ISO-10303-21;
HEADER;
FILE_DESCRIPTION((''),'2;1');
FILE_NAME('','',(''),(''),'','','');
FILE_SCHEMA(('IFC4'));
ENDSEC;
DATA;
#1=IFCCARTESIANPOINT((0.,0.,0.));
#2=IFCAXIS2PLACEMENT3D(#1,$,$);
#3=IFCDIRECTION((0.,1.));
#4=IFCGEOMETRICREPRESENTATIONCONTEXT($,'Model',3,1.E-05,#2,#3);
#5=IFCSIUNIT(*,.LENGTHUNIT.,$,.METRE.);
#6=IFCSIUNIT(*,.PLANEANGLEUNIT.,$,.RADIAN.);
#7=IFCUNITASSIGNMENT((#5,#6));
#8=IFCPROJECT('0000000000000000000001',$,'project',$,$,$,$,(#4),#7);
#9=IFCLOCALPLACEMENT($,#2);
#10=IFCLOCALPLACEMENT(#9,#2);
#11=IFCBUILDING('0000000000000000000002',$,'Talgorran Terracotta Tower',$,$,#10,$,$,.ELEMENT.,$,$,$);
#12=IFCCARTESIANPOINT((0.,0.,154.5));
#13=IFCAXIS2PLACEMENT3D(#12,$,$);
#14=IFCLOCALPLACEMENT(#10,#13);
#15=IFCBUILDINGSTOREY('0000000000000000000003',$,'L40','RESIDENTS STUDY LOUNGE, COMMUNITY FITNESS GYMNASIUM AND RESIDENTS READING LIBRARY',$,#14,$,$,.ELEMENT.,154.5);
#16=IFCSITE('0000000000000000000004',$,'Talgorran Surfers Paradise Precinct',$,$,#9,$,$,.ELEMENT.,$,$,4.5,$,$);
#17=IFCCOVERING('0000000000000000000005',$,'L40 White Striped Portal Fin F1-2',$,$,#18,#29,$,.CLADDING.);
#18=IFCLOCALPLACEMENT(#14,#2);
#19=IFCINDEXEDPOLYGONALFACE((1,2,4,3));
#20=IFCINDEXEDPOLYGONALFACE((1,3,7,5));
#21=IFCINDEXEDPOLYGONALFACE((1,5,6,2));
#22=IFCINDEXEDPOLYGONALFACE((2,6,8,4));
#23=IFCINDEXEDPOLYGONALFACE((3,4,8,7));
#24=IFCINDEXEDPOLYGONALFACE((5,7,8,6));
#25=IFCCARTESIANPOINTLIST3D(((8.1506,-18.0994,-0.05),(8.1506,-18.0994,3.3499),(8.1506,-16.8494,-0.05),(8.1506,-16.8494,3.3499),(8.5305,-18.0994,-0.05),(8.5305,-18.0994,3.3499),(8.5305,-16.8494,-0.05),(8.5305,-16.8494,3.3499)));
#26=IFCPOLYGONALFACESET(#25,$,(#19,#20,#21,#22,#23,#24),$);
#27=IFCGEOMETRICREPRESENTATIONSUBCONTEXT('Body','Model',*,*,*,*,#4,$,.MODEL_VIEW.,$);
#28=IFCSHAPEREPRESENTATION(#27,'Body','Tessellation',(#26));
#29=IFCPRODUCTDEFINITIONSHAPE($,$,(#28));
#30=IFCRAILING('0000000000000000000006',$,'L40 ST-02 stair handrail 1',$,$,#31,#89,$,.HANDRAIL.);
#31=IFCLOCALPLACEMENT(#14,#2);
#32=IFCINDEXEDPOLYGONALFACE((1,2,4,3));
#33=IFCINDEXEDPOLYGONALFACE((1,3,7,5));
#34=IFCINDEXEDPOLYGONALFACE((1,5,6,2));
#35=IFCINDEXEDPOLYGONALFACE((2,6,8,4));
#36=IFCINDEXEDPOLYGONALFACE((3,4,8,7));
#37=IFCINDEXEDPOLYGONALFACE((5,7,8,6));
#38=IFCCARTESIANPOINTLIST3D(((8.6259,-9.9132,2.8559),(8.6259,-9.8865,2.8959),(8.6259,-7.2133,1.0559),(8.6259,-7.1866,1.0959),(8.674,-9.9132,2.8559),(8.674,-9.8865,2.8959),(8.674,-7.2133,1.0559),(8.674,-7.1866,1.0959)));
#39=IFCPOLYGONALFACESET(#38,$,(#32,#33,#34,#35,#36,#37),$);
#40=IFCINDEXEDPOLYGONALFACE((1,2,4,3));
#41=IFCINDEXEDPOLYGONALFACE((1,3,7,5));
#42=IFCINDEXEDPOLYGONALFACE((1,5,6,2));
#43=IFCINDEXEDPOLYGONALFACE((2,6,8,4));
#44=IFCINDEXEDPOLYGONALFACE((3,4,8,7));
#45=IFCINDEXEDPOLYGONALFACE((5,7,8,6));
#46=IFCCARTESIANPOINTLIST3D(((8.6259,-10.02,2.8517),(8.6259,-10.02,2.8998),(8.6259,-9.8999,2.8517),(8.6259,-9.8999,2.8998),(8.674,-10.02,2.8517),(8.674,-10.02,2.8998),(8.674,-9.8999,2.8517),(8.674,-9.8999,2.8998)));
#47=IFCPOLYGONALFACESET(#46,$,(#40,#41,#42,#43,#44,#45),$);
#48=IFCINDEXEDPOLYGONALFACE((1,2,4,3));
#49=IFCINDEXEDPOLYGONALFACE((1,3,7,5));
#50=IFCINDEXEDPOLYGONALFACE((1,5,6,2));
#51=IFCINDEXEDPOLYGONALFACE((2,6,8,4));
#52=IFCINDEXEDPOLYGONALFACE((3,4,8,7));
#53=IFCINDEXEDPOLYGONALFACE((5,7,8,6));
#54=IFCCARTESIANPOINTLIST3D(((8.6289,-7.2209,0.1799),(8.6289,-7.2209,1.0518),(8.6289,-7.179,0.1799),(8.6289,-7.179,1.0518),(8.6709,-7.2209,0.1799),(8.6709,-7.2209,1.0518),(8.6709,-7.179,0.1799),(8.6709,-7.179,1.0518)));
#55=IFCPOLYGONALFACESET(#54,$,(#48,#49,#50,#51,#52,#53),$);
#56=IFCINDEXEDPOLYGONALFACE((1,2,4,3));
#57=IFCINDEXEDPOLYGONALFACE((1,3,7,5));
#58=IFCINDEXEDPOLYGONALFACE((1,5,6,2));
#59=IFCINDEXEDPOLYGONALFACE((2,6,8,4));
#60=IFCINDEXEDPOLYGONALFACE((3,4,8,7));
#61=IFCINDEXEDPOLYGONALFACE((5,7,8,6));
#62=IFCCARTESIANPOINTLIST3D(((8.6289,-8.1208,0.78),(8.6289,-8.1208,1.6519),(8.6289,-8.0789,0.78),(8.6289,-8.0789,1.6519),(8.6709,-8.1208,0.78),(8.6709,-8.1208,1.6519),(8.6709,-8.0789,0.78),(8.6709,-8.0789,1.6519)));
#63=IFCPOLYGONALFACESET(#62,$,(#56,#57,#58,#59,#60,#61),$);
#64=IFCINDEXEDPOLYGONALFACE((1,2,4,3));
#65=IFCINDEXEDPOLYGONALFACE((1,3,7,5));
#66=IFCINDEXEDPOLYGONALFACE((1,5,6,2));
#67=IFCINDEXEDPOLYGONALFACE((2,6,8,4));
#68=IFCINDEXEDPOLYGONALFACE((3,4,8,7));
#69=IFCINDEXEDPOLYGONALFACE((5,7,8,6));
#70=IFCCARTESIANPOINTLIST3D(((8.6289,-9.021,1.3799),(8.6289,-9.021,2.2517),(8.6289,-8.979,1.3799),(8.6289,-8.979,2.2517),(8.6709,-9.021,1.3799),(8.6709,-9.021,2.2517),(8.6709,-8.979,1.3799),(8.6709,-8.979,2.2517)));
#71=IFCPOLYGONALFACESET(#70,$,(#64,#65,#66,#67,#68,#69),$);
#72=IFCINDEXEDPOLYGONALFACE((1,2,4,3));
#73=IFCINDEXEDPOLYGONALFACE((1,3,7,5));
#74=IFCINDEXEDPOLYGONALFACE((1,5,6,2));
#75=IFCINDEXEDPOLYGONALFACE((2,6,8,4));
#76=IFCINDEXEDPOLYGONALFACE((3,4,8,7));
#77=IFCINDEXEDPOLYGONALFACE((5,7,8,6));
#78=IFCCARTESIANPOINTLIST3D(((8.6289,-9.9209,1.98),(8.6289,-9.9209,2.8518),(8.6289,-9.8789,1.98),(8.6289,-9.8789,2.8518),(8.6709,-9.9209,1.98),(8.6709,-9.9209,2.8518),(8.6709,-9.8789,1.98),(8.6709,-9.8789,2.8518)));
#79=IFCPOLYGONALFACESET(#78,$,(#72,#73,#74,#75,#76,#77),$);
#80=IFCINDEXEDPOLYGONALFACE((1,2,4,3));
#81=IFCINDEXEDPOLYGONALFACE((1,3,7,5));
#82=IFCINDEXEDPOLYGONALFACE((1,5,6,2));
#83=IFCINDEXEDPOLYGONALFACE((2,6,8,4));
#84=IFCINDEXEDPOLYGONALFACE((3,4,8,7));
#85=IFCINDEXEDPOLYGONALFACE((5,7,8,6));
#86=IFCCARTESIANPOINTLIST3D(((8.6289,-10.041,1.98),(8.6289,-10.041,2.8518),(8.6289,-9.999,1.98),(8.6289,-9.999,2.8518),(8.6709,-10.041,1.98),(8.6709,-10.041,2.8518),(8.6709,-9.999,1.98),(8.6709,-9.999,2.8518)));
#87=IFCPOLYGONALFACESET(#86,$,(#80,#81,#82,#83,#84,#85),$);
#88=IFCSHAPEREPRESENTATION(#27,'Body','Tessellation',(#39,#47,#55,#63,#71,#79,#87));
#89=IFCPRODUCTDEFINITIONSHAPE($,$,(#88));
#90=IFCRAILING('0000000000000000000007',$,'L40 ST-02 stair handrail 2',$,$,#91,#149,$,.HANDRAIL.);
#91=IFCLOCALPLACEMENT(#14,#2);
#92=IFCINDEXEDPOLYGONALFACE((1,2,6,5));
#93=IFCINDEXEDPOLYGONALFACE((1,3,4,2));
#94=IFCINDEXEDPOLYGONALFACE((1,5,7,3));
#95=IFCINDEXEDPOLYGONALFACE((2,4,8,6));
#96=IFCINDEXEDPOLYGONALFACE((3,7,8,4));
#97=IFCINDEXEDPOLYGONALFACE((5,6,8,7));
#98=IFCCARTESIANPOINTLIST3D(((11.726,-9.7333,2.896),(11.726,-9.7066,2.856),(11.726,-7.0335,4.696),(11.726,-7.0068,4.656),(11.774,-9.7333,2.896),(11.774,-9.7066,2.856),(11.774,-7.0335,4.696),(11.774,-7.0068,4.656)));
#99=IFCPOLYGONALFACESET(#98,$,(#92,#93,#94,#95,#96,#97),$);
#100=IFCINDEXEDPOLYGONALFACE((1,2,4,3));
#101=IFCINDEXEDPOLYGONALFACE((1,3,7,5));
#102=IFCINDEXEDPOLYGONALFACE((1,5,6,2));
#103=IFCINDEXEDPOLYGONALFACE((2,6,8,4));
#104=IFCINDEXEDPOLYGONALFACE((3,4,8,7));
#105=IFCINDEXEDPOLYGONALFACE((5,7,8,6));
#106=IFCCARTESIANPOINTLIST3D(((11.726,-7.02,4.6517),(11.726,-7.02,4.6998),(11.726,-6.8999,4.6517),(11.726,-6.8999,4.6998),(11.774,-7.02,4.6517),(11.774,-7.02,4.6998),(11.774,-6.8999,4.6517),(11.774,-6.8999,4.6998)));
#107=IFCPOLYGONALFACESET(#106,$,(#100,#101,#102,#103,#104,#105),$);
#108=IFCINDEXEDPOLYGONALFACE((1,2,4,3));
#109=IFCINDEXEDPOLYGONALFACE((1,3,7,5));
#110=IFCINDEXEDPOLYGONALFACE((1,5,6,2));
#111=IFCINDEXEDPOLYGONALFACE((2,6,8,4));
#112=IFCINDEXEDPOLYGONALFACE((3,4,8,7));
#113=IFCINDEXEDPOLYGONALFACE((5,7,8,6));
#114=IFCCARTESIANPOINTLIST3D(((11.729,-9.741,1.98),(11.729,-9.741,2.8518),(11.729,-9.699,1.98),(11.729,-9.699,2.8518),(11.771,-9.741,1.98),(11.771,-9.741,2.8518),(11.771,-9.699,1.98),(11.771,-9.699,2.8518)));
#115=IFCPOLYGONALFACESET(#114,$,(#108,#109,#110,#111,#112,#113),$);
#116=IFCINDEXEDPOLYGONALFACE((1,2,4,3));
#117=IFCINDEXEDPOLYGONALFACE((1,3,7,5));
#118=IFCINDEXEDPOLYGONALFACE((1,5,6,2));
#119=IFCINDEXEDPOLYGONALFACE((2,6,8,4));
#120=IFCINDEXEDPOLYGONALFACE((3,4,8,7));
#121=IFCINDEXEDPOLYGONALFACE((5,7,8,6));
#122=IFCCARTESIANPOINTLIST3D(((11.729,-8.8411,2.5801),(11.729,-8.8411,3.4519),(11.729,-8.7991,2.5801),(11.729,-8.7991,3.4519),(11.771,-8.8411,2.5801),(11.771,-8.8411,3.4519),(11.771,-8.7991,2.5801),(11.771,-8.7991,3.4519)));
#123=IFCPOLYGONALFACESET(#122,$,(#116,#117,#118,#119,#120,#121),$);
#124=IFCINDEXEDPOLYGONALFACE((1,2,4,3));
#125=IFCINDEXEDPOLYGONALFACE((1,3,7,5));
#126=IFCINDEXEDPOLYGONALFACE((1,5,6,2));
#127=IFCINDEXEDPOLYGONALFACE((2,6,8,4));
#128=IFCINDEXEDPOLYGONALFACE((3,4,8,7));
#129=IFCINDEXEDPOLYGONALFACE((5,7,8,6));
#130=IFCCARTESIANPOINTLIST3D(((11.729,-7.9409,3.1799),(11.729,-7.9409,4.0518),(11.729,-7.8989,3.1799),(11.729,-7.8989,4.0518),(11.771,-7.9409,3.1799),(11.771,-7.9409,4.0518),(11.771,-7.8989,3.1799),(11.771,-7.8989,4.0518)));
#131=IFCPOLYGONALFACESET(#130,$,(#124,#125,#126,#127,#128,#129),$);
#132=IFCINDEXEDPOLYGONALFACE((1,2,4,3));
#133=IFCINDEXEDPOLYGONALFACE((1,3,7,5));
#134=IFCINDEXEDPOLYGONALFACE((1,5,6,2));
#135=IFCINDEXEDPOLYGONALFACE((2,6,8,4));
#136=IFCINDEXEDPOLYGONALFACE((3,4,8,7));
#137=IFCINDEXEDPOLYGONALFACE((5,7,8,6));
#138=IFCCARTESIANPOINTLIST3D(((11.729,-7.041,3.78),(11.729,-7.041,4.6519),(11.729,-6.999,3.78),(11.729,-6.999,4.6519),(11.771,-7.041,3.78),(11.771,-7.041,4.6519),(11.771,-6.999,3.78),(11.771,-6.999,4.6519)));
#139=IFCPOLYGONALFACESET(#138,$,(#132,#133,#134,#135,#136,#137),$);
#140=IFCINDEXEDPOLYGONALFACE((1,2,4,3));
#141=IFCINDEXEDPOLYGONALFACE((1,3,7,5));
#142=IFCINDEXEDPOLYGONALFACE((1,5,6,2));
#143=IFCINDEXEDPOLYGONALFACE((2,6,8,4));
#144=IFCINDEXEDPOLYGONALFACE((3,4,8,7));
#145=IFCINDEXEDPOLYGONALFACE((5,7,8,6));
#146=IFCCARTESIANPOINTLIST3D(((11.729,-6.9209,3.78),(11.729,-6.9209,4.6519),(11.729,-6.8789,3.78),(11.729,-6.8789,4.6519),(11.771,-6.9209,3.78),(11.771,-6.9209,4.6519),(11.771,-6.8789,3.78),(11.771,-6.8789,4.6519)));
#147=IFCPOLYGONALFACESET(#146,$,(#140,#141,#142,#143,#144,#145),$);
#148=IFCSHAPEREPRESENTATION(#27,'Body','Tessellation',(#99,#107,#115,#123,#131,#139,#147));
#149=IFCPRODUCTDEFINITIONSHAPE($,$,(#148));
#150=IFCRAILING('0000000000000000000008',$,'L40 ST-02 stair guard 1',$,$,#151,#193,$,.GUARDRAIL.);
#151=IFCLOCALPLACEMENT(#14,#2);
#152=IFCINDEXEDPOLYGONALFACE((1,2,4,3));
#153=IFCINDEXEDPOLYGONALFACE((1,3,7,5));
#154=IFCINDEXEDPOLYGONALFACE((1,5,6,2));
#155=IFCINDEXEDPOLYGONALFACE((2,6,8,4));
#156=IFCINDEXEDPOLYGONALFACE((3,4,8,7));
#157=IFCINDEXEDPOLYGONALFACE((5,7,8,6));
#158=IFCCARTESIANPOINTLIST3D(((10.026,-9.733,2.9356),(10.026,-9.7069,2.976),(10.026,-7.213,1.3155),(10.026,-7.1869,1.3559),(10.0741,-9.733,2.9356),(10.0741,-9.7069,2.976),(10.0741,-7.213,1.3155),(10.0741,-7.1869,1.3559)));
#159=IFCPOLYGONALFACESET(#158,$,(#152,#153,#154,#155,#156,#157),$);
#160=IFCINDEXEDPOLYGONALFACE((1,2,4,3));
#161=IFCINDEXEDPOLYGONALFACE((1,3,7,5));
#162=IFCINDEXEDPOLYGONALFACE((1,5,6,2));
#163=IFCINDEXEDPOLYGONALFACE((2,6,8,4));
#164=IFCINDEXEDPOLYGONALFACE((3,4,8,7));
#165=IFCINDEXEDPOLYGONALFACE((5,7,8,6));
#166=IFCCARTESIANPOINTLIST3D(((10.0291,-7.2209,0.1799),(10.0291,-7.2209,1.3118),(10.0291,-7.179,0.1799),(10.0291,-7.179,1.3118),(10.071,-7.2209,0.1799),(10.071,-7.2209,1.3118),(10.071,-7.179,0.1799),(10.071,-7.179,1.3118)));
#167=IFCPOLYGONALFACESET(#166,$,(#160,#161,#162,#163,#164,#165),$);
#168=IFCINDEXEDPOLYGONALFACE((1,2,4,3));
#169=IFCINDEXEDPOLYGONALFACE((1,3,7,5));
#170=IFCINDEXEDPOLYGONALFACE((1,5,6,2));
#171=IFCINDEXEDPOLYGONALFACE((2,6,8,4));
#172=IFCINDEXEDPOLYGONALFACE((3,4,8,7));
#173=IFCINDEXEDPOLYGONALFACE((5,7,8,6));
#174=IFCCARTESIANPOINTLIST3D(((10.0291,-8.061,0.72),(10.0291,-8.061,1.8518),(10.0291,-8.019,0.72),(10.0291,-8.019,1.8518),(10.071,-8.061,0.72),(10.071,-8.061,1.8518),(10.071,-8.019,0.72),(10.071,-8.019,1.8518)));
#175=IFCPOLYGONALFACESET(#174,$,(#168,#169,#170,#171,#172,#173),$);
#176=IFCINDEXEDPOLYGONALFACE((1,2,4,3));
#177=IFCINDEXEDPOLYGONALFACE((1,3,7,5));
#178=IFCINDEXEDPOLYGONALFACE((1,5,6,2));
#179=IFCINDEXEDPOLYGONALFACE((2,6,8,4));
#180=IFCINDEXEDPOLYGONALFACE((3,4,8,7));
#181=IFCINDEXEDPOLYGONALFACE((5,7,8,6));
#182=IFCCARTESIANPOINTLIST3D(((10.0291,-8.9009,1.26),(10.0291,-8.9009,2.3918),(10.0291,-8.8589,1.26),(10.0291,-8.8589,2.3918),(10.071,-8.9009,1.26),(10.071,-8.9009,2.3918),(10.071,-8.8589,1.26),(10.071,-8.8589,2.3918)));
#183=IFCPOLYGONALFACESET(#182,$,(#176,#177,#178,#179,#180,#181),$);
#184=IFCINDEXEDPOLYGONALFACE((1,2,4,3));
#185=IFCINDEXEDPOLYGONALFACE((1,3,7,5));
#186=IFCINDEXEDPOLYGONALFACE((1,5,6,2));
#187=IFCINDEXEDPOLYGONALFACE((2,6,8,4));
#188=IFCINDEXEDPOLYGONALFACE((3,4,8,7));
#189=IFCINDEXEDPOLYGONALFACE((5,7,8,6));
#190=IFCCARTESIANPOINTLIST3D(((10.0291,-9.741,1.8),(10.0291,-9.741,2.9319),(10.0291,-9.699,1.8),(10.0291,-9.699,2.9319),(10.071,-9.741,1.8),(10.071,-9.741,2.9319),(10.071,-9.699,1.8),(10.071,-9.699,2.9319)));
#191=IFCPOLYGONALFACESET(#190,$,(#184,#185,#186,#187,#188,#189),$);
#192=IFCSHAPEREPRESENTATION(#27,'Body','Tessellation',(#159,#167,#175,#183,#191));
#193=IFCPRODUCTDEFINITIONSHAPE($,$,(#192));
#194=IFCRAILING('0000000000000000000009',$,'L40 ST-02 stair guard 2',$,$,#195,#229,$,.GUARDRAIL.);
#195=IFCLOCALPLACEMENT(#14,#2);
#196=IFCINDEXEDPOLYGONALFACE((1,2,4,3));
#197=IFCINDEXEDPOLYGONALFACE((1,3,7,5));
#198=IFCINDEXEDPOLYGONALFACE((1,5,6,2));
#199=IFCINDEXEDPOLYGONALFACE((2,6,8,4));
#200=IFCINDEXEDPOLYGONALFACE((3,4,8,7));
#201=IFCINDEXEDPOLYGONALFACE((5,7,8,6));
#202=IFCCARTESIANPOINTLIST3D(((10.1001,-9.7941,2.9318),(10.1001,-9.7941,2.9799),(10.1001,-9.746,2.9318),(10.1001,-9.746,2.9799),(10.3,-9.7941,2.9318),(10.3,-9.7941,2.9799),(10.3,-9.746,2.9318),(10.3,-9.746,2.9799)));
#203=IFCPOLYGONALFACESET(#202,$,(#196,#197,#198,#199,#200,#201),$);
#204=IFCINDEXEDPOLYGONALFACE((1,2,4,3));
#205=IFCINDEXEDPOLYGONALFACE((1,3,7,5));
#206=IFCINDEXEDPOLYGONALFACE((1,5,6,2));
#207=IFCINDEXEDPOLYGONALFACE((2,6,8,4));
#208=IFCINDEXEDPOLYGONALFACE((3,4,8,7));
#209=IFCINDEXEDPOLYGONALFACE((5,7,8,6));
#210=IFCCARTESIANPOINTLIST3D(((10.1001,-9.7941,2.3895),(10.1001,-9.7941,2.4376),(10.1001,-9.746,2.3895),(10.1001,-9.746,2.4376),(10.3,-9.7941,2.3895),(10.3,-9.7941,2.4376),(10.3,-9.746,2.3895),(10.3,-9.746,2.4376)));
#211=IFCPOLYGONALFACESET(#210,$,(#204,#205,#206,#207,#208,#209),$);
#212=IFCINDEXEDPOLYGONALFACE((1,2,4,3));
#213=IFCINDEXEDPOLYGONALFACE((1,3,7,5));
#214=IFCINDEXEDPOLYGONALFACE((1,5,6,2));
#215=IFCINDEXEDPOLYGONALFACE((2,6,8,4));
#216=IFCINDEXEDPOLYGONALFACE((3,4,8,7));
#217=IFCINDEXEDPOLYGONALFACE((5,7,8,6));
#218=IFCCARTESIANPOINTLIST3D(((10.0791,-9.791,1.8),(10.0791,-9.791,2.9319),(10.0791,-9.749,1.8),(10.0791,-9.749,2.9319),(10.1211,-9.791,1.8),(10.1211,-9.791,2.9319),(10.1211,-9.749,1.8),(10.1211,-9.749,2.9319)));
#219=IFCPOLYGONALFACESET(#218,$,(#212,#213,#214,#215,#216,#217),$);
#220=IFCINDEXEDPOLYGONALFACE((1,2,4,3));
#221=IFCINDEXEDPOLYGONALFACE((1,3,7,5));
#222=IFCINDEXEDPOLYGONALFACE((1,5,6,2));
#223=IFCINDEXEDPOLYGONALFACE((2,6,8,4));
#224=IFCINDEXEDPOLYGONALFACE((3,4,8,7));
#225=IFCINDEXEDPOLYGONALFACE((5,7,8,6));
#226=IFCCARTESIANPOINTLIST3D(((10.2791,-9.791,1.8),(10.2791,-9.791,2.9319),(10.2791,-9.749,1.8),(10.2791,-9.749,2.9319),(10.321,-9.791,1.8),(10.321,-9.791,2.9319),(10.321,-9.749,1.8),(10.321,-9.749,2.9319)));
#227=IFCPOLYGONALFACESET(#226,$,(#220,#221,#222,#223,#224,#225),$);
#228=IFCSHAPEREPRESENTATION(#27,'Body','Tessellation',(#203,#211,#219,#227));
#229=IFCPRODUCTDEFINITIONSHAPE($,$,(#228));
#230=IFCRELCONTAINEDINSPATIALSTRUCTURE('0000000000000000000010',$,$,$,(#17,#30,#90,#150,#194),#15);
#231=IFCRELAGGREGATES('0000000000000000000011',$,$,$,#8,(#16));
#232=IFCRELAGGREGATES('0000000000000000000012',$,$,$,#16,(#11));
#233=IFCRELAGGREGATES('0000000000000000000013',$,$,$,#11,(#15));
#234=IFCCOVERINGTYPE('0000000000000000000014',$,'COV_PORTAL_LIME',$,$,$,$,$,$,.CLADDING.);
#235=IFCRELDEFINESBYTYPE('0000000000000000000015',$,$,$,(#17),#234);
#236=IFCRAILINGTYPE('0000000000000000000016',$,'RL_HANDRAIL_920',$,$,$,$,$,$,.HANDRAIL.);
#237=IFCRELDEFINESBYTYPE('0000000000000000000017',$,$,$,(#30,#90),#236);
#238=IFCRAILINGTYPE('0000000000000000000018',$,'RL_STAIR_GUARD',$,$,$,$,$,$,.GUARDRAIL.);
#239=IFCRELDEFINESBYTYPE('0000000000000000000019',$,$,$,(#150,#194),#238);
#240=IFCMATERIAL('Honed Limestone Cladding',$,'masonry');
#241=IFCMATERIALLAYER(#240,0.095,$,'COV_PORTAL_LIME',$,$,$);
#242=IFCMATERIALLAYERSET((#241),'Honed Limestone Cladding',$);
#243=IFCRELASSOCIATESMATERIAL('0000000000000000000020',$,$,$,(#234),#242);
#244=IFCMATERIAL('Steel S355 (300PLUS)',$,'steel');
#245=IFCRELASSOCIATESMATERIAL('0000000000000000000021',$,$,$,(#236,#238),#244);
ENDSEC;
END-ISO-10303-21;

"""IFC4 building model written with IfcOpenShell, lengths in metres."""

from ifc_helpers import new_model, si_unit, direction, frame, origin, origin_2d, place, context, subcontext, project, spatial, rectangle, extrude, material, layer, layer_set, type_object, element, save


model = new_model("IFC4")

# Units and contexts
model_context = context("Model", 3, precision=1e-05, world=origin(), true_north=direction((0.0, 1.0)))
body_context = subcontext(model_context, "Body", "Model", "MODEL_VIEW")
ifc_project = project(units=[si_unit("LENGTHUNIT", "METRE"), si_unit("PLANEANGLEUNIT", "RADIAN")], contexts=[model_context])

# Site, building, storey
site_placement = place(None, origin())
site = spatial("IfcSite", under=ifc_project, at=site_placement, Name="Talgorran Surfers Paradise Precinct", CompositionType="ELEMENT", RefElevation=4.5)
building_placement = place(site_placement, origin())
building = spatial("IfcBuilding", under=site, at=building_placement, Name="Talgorran Terracotta Tower", CompositionType="ELEMENT")
storey_placement = place(building_placement, frame((0.0, 0.0, 154.5)))
storey = spatial("IfcBuildingStorey", under=building, at=storey_placement, Name="L40", Description="RESIDENTS STUDY LOUNGE, COMMUNITY FITNESS GYMNASIUM AND RESIDENTS READING LIBRARY", CompositionType="ELEMENT", Elevation=154.5)

# Shared definitions
ifc_material_1 = material(Name="Steel S355 (300PLUS)", Category="steel")

# Covering
ifc_material_2 = material(Name="Honed Limestone Cladding", Category="masonry")
ifc_layer_1 = layer(ifc_material_2, 0.095, Name="COV_PORTAL_LIME")
ifc_layer_set_1 = layer_set([ifc_layer_1], Name="Honed Limestone Cladding")
covering_type = type_object("IfcCoveringType", Name="COV_PORTAL_LIME", PredefinedType="CLADDING", material=ifc_layer_set_1)
covering_placement = place(storey_placement, frame((8.3406, -17.4744, -0.05), z_axis=(0.0, 0.0, 1.0), x_axis=(1.0, 0.0, 0.0)))
element("IfcCovering", 1, at=covering_placement, inside=storey, type_object=covering_type, Name="L40 White Striped Portal Fin F1-2", PredefinedType="CLADDING", context=body_context, shape_type="SweptSolid", body=[
    extrude(rectangle(XDim=0.3799, YDim=1.25, at=origin_2d()), origin(), (0.0, 0.0, 1.0), 3.3999),
])

# Railings
railing_type_1 = type_object("IfcRailingType", Name="RL_HANDRAIL_920", PredefinedType="HANDRAIL", material=ifc_material_1)
railing_1_placement = place(storey_placement, frame((8.6499, -7.2, 0.1799)))
element("IfcRailing", 2, at=railing_1_placement, inside=storey, type_object=railing_type_1, Name="L40 ST-02 stair handrail 1", PredefinedType="HANDRAIL", context=body_context, shape_type="SweptSolid", body=[
    extrude(rectangle(XDim=0.0481, YDim=0.0481, at=origin_2d()), frame((0.0, 0.0, 0.896), z_axis=(0.0, -0.832039, 0.554718), x_axis=(1.0, 0.0, 0.0)), (0.0, 0.0, 1.0), 3.2449),
    extrude(rectangle(XDim=0.0481, YDim=0.0481, at=origin_2d()), frame((0.0, -2.7, 2.6958), z_axis=(0.0, -1.0, 0.0), x_axis=(1.0, 0.0, 0.0)), (0.0, 0.0, 1.0), 0.1201),
    extrude(rectangle(XDim=0.042, YDim=0.042, at=origin_2d()), origin(), (0.0, 0.0, 1.0), 0.8718),
    extrude(rectangle(XDim=0.042, YDim=0.042, at=origin_2d()), frame((0.0, -0.8999, 0.6001)), (0.0, 0.0, 1.0), 0.8718),
    extrude(rectangle(XDim=0.042, YDim=0.042, at=origin_2d()), frame((0.0, -1.8, 1.2)), (0.0, 0.0, 1.0), 0.8718),
    extrude(rectangle(XDim=0.042, YDim=0.042, at=origin_2d()), frame((0.0, -2.7, 1.8)), (0.0, 0.0, 1.0), 0.8718),
    extrude(rectangle(XDim=0.042, YDim=0.042, at=origin_2d()), frame((0.0, -2.8201, 1.8)), (0.0, 0.0, 1.0), 0.8718),
])
railing_2_placement = place(storey_placement, frame((11.75, -9.72, 1.98)))
element("IfcRailing", 3, at=railing_2_placement, inside=storey, type_object=railing_type_1, Name="L40 ST-02 stair handrail 2", PredefinedType="HANDRAIL", context=body_context, shape_type="SweptSolid", body=[
    extrude(rectangle(XDim=0.0481, YDim=0.0481, at=origin_2d()), frame((0.0, 0.0, 0.896), z_axis=(0.0, 0.832039, 0.554718), x_axis=(-1.0, 0.0, 0.0)), (0.0, 0.0, 1.0), 3.2449),
    extrude(rectangle(XDim=0.0481, YDim=0.0481, at=origin_2d()), frame((0.0, 2.7, 2.6958), z_axis=(0.0, 1.0, 0.0), x_axis=(-1.0, 0.0, 0.0)), (0.0, 0.0, 1.0), 0.1201),
    extrude(rectangle(XDim=0.042, YDim=0.042, at=origin_2d()), origin(), (0.0, 0.0, 1.0), 0.8718),
    extrude(rectangle(XDim=0.042, YDim=0.042, at=origin_2d()), frame((0.0, 0.8999, 0.6001)), (0.0, 0.0, 1.0), 0.8718),
    extrude(rectangle(XDim=0.042, YDim=0.042, at=origin_2d()), frame((0.0, 1.8, 1.2)), (0.0, 0.0, 1.0), 0.8718),
    extrude(rectangle(XDim=0.042, YDim=0.042, at=origin_2d()), frame((0.0, 2.7, 1.8)), (0.0, 0.0, 1.0), 0.8718),
    extrude(rectangle(XDim=0.042, YDim=0.042, at=origin_2d()), frame((0.0, 2.8201, 1.8)), (0.0, 0.0, 1.0), 0.8718),
])
railing_type_2 = type_object("IfcRailingType", Name="RL_STAIR_GUARD", PredefinedType="GUARDRAIL", material=ifc_material_1)
railing_3_placement = place(storey_placement, frame((10.05, -7.2, 0.1799)))
element("IfcRailing", 4, at=railing_3_placement, inside=storey, type_object=railing_type_2, Name="L40 ST-02 stair guard 1", PredefinedType="GUARDRAIL", context=body_context, shape_type="SweptSolid", body=[
    extrude(rectangle(XDim=0.0481, YDim=0.0481, at=origin_2d()), frame((0.0, 0.0, 1.1558), z_axis=(0.0, -0.841163, 0.540782), x_axis=(1.0, 0.0, 0.0)), (0.0, 0.0, 1.0), 2.9958),
    extrude(rectangle(XDim=0.042, YDim=0.042, at=origin_2d()), origin(), (0.0, 0.0, 1.0), 1.1318),
    extrude(rectangle(XDim=0.042, YDim=0.042, at=origin_2d()), frame((0.0, -0.8401, 0.54)), (0.0, 0.0, 1.0), 1.1318),
    extrude(rectangle(XDim=0.042, YDim=0.042, at=origin_2d()), frame((0.0, -1.6799, 1.0801)), (0.0, 0.0, 1.0), 1.1318),
    extrude(rectangle(XDim=0.042, YDim=0.042, at=origin_2d()), frame((0.0, -2.52, 1.6201)), (0.0, 0.0, 1.0), 1.1318),
])
railing_4_placement = place(storey_placement, frame((10.1001, -9.77, 1.8)))
element("IfcRailing", 5, at=railing_4_placement, inside=storey, type_object=railing_type_2, Name="L40 ST-02 stair guard 2", PredefinedType="GUARDRAIL", context=body_context, shape_type="SweptSolid", body=[
    extrude(rectangle(XDim=0.0481, YDim=0.0481, at=origin_2d()), frame((0.0, 0.0, 1.1558), z_axis=(1.0, 0.0, 0.0), x_axis=(0.0, 1.0, 0.0)), (0.0, 0.0, 1.0), 0.2),
    extrude(rectangle(XDim=0.0481, YDim=0.0481, at=origin_2d()), frame((0.0, 0.0, 0.6135), z_axis=(1.0, 0.0, 0.0), x_axis=(0.0, 1.0, 0.0)), (0.0, 0.0, 1.0), 0.2),
    extrude(rectangle(XDim=0.042, YDim=0.042, at=origin_2d()), origin(), (0.0, 0.0, 1.0), 1.1318),
    extrude(rectangle(XDim=0.042, YDim=0.042, at=origin_2d()), frame((0.2, 0.0, 0.0)), (0.0, 0.0, 1.0), 1.1318),
])

save(model, "model.ifc")
